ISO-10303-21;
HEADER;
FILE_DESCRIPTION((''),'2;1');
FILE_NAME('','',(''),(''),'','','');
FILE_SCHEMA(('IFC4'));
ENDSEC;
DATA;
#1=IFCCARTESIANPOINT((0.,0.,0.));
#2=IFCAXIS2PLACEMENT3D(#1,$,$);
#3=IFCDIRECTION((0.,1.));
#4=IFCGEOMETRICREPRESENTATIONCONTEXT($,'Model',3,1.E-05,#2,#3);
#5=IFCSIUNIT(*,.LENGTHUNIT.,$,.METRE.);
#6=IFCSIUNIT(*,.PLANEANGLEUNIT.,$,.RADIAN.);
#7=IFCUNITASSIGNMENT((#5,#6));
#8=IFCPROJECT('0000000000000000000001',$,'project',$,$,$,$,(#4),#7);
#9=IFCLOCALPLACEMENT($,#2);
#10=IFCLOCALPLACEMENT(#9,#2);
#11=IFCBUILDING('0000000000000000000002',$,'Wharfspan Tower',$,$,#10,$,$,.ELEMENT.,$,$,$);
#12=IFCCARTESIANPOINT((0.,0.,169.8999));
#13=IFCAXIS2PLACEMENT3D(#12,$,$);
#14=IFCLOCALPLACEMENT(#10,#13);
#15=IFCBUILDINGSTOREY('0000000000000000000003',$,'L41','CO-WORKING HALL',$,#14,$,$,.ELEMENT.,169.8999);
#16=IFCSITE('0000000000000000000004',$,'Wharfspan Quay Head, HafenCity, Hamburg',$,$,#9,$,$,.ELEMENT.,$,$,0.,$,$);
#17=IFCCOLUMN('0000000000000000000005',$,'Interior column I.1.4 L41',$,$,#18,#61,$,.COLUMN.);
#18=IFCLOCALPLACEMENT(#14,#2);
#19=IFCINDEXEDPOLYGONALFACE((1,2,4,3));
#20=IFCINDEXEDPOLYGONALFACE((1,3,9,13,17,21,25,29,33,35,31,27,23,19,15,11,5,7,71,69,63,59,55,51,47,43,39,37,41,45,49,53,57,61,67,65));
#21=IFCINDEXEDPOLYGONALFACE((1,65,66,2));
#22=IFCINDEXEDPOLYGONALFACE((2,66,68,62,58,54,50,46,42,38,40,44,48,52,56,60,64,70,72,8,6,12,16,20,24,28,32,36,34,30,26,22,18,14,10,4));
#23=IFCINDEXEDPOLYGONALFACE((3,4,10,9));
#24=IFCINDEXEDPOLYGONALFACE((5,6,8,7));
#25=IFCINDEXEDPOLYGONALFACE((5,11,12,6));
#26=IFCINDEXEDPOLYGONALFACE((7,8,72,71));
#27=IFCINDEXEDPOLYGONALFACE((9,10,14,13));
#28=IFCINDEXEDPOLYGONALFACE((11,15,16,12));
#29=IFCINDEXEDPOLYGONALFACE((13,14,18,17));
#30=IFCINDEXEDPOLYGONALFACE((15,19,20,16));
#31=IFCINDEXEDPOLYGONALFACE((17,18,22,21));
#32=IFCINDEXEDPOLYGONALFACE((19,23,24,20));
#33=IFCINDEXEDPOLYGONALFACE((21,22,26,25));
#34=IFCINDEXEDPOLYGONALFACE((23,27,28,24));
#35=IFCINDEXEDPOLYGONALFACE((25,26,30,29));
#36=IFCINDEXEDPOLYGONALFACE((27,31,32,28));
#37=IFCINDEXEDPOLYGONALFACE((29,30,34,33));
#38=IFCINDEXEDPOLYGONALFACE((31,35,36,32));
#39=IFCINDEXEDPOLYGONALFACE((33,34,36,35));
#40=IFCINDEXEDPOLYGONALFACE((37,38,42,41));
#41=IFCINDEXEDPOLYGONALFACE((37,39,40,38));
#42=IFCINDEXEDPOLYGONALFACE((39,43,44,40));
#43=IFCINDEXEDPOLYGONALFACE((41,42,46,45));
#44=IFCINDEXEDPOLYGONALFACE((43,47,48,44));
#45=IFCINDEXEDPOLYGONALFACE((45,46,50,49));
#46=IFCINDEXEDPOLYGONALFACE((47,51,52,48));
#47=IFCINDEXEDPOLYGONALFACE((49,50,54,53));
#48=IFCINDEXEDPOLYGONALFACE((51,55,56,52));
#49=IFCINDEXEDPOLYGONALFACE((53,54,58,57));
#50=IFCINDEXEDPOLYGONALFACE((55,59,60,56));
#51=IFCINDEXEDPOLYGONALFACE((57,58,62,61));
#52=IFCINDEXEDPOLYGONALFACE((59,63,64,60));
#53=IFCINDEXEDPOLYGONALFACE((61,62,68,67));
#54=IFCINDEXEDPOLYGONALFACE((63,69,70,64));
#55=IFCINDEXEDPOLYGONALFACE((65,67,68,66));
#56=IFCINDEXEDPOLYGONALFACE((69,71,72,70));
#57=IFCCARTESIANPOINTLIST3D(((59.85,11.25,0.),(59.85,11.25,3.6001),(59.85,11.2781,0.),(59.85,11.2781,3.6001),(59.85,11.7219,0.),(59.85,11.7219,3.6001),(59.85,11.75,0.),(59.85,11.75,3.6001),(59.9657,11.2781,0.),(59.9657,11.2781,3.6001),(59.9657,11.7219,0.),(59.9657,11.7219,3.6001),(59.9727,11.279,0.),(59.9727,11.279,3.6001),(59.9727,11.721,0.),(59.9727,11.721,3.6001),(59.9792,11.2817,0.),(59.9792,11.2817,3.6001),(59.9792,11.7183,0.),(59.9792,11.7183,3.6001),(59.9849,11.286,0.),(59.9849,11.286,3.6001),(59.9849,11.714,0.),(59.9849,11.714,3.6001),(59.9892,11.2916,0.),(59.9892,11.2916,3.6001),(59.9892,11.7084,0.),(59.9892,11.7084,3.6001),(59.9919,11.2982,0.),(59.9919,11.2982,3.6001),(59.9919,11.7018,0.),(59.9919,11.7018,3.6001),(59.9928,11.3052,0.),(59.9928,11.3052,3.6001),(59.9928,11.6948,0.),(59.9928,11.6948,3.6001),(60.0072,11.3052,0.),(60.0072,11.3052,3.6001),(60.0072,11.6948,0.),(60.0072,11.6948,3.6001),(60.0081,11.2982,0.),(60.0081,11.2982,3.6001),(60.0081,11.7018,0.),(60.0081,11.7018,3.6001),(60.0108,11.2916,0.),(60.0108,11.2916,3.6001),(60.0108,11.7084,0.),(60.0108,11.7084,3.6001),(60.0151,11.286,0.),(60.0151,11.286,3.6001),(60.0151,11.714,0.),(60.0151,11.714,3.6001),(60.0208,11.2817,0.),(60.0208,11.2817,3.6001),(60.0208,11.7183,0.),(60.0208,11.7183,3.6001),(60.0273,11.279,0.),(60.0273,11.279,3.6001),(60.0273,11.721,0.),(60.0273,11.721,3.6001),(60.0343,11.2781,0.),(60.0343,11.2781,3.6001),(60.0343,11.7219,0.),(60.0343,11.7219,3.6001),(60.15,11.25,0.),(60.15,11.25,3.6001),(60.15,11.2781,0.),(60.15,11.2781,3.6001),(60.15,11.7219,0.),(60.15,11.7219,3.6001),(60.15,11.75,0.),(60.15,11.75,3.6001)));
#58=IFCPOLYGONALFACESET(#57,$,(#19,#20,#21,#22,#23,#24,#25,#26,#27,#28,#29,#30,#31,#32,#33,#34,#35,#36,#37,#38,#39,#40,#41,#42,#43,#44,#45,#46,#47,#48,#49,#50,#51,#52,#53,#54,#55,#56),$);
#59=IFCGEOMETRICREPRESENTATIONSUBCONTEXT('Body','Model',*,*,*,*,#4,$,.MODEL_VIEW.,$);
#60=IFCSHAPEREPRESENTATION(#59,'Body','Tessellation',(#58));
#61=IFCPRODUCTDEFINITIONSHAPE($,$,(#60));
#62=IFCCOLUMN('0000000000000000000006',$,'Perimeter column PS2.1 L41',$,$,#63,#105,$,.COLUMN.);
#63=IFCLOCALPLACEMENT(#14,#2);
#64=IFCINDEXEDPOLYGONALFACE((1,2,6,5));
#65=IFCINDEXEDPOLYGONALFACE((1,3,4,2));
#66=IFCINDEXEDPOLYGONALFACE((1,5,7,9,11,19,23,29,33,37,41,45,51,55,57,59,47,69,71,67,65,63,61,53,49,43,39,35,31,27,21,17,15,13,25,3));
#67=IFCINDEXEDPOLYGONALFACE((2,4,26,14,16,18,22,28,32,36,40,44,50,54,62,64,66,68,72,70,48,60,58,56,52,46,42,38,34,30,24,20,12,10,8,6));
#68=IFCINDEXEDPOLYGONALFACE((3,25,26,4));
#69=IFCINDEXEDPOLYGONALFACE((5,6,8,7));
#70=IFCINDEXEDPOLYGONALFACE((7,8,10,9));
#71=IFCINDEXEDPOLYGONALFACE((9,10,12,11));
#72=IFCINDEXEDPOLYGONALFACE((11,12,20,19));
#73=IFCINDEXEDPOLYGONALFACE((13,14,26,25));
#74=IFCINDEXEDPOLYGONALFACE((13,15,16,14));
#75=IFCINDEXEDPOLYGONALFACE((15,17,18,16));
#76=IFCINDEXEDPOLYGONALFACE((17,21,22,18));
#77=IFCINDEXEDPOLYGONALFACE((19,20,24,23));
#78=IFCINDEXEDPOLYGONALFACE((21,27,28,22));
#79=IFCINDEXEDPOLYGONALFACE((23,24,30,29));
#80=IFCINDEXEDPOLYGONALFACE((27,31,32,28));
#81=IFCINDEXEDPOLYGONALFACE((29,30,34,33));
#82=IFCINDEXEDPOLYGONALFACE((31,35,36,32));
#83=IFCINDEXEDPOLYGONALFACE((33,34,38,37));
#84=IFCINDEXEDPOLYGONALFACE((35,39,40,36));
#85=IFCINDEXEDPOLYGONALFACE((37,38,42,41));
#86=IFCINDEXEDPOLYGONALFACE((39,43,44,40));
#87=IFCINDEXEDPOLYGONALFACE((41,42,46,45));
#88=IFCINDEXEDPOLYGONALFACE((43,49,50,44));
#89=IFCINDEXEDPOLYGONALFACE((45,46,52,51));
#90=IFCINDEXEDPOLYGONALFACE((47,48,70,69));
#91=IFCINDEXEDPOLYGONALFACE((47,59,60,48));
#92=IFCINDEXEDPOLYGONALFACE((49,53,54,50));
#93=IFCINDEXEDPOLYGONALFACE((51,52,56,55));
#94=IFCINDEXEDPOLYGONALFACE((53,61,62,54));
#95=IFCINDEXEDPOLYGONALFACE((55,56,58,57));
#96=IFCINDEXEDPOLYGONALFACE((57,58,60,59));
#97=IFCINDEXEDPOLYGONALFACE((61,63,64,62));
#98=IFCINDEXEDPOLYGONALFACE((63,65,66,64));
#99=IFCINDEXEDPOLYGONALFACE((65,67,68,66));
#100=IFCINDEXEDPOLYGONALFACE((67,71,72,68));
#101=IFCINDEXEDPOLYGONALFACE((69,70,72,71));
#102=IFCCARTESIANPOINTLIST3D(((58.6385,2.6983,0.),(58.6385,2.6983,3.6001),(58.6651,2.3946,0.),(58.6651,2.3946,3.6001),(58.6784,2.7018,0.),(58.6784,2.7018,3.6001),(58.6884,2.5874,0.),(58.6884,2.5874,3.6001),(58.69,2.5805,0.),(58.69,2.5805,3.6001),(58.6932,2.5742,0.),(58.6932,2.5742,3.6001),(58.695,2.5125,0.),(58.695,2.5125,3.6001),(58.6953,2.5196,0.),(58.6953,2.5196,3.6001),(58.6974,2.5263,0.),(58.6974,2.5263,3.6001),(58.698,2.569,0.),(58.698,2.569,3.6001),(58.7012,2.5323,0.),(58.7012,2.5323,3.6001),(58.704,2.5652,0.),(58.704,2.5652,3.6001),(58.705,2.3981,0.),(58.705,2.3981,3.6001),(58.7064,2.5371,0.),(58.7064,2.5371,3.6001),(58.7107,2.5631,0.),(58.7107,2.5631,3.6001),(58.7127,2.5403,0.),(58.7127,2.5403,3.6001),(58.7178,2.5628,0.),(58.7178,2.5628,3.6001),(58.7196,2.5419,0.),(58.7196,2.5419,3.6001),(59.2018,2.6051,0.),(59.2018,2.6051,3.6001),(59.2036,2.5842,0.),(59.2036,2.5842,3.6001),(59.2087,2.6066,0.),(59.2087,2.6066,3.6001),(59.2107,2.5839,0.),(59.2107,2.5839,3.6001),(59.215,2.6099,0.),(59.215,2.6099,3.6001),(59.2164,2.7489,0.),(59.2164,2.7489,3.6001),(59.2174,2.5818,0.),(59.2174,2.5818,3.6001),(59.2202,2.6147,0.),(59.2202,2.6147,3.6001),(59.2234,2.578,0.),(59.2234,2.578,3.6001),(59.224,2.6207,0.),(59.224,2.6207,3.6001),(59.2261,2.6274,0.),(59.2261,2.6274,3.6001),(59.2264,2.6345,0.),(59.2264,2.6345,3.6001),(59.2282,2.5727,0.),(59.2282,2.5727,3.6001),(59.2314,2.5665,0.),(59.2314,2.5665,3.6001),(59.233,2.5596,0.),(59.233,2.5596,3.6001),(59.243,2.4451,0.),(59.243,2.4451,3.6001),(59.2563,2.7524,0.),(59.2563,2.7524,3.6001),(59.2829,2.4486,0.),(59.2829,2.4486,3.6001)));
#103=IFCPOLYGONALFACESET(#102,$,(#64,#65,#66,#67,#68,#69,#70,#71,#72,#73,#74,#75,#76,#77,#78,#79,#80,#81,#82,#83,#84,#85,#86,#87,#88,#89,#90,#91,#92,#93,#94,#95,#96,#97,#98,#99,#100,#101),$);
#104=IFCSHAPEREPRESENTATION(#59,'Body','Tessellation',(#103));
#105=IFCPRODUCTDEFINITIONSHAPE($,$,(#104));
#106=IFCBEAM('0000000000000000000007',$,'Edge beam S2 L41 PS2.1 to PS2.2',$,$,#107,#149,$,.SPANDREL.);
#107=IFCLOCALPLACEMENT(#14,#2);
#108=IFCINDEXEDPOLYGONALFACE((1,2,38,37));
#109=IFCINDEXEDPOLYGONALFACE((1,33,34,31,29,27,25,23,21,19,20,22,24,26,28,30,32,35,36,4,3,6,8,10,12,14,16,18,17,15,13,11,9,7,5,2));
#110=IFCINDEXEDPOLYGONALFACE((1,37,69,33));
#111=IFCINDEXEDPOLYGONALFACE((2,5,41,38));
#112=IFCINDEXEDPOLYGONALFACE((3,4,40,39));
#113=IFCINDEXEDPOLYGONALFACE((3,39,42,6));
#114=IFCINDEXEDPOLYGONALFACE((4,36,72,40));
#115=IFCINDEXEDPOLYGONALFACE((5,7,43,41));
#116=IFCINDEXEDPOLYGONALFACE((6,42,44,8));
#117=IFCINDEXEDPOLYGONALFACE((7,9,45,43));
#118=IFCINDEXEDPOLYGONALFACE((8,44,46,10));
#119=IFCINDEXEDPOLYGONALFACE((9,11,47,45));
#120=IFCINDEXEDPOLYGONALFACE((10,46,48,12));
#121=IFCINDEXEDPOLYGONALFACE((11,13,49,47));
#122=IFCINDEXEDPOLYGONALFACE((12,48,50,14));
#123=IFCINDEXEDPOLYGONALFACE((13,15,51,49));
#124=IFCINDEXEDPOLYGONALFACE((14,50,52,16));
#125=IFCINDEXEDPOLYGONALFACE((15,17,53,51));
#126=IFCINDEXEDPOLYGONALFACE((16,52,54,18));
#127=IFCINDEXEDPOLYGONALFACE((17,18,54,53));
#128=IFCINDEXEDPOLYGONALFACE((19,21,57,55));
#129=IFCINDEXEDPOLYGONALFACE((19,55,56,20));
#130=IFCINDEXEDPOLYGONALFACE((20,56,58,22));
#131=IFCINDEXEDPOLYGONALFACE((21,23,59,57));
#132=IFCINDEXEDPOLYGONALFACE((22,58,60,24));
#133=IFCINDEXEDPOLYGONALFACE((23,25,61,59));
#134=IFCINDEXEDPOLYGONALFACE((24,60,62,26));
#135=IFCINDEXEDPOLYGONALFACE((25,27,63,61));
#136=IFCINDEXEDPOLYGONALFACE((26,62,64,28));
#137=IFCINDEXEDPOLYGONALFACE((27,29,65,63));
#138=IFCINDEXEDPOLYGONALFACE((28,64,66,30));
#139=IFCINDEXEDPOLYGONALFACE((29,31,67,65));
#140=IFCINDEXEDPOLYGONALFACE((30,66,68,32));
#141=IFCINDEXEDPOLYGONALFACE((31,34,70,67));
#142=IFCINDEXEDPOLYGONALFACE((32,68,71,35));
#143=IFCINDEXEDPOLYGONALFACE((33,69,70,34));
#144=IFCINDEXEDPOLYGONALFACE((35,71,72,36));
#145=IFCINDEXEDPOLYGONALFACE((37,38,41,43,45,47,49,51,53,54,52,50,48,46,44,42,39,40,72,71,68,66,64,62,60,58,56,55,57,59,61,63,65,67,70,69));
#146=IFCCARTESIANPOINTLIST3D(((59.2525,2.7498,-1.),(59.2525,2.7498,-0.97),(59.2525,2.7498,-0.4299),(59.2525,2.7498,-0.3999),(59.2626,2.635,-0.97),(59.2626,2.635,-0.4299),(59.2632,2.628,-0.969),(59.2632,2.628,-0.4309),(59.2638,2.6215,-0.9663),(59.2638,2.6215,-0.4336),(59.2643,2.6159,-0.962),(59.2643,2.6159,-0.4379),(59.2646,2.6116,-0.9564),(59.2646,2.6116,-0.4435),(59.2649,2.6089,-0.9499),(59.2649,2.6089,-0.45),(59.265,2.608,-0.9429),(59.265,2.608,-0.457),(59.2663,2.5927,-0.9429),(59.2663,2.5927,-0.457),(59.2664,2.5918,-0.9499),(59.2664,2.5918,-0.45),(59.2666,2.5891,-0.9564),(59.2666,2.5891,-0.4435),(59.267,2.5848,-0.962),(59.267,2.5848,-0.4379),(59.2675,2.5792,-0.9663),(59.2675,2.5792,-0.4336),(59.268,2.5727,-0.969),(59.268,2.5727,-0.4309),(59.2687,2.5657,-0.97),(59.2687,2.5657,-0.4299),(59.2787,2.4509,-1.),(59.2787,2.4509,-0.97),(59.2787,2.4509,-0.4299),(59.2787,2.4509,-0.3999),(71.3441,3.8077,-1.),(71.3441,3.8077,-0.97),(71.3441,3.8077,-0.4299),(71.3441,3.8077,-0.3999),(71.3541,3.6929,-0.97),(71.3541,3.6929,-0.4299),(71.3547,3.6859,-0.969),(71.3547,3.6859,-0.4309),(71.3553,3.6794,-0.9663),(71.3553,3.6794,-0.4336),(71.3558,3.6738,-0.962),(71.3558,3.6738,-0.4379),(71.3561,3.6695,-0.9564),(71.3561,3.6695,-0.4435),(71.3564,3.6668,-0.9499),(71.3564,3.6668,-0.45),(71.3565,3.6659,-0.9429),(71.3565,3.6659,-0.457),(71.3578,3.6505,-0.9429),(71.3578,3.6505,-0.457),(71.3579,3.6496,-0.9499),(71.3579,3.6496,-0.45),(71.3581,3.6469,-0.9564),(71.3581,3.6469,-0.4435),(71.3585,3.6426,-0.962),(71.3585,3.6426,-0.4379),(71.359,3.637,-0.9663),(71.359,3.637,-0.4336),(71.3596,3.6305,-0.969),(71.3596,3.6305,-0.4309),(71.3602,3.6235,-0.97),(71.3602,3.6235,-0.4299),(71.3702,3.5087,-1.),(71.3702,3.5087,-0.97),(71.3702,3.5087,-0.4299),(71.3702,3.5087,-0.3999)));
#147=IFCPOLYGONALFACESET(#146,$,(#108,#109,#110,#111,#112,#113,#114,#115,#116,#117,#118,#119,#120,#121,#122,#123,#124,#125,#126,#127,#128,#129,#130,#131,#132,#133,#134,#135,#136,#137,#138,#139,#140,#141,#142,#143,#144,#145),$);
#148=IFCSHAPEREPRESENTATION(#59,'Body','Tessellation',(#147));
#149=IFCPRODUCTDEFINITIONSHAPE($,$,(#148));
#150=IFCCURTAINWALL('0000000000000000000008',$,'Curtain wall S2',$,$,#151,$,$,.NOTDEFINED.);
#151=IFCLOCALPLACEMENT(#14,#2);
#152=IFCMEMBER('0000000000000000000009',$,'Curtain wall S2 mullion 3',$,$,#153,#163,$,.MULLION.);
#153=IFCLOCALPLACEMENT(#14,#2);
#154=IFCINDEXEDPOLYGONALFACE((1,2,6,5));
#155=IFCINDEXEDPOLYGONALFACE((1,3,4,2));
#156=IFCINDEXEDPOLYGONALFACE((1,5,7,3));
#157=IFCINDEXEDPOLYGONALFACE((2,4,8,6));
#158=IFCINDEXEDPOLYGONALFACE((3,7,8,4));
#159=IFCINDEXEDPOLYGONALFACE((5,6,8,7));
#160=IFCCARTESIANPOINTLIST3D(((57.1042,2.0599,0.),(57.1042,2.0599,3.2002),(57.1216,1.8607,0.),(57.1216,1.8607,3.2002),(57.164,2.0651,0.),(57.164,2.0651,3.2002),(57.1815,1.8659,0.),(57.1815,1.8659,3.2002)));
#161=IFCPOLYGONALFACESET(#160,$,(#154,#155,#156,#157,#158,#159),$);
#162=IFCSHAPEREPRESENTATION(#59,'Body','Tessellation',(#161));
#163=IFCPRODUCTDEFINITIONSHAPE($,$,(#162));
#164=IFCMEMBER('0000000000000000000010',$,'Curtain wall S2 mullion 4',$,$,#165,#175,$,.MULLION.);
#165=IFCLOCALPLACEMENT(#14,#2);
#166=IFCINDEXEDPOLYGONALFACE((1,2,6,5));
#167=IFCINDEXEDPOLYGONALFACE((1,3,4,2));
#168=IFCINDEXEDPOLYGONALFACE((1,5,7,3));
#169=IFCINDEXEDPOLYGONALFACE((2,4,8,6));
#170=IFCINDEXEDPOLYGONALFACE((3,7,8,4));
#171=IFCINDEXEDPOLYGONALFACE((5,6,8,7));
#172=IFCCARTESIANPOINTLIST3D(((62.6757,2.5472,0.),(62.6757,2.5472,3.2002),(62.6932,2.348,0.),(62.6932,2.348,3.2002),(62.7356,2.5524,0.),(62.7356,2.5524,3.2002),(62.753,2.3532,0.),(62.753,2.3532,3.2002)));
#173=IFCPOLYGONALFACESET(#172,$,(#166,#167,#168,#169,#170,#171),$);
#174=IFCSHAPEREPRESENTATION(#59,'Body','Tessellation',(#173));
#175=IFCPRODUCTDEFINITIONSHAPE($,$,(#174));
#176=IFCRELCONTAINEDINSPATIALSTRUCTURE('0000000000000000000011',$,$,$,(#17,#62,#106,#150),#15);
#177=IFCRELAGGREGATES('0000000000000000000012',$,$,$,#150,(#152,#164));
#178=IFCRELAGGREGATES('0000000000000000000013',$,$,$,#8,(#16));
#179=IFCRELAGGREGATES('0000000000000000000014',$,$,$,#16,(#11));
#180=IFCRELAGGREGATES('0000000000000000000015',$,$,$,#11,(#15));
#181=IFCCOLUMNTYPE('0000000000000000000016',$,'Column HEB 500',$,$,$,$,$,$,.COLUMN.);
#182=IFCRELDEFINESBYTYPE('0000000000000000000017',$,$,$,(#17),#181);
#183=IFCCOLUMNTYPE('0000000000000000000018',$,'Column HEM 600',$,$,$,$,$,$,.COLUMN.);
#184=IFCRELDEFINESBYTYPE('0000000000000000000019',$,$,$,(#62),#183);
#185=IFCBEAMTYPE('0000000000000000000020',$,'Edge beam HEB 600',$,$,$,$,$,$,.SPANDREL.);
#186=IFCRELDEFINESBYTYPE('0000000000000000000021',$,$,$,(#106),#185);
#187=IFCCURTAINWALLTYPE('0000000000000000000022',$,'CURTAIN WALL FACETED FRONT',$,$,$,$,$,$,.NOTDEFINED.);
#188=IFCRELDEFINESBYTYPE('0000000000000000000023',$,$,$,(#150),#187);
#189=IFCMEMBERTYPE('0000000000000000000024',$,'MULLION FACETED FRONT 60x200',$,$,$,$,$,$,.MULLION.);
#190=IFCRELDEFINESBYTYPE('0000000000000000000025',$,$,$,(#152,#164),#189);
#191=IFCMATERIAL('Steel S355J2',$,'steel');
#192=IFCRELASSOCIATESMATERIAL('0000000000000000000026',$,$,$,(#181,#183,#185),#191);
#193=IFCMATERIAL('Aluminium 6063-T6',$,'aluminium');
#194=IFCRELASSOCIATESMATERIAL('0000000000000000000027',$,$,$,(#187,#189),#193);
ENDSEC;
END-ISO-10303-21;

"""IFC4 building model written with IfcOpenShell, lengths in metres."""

from ifc_helpers import new_model, si_unit, direction, frame, origin, origin_2d, place, context, subcontext, project, spatial, rectangle, i_section, extrude, material, material_profile, profile_set, type_object, element, aggregate, save


model = new_model("IFC4")

# Units and contexts
model_context = context("Model", 3, precision=1e-05, world=origin(), true_north=direction((0.0, 1.0)))
body_context = subcontext(model_context, "Body", "Model", "MODEL_VIEW")
ifc_project = project(units=[si_unit("LENGTHUNIT", "METRE"), si_unit("PLANEANGLEUNIT", "RADIAN")], contexts=[model_context])

# Site, building, storey
site_placement = place(None, origin())
site = spatial("IfcSite", under=ifc_project, at=site_placement, Name="Wharfspan Quay Head, HafenCity, Hamburg", CompositionType="ELEMENT", RefElevation=0.0)
building_placement = place(site_placement, origin())
building = spatial("IfcBuilding", under=site, at=building_placement, Name="Wharfspan Tower", CompositionType="ELEMENT")
storey_placement = place(building_placement, frame((0.0, 0.0, 169.8999)))
storey = spatial("IfcBuildingStorey", under=building, at=storey_placement, Name="L41", Description="CO-WORKING HALL", CompositionType="ELEMENT", Elevation=169.8999)

# Columns
ifc_material_1 = material(Name="Steel S355J2", Category="steel")
ifc_material_profile_1 = material_profile(ifc_material_1, i_section(OverallWidth=0.3, OverallDepth=0.5, WebThickness=0.0144, FlangeThickness=0.0281, FilletRadius=0.0271, at=origin_2d()))
ifc_profile_set_1 = profile_set([ifc_material_profile_1], Name="Steel S355J2")
column_type_1 = type_object("IfcColumnType", Name="Column HEB 500", PredefinedType="COLUMN", material=ifc_profile_set_1)
column_1_placement = place(storey_placement, frame((60.0, 11.5, 0.0), z_axis=(0.0, 0.0, 1.0), x_axis=(1.0, 0.0, 0.0)))
element("IfcColumn", 1, at=column_1_placement, inside=storey, type_object=column_type_1, Name="Interior column I.1.4 L41", PredefinedType="COLUMN", context=body_context, shape_type="SweptSolid", body=[
    extrude(i_section(OverallWidth=0.3, OverallDepth=0.5, WebThickness=0.0144, FlangeThickness=0.0281, FilletRadius=0.0271, at=origin_2d()), origin(), (0.0, 0.0, 1.0), 3.6001),
])
ifc_material_profile_2 = material_profile(ifc_material_1, i_section(OverallWidth=0.3049, OverallDepth=0.6201, WebThickness=0.021, FlangeThickness=0.04, FilletRadius=0.0271, at=origin_2d()))
ifc_profile_set_2 = profile_set([ifc_material_profile_2], Name="Steel S355J2")
column_type_2 = type_object("IfcColumnType", Name="Column HEM 600", PredefinedType="COLUMN", material=ifc_profile_set_2)
column_2_placement = place(storey_placement, frame((58.9607, 2.5735, 0.0), z_axis=(0.0, 0.0, 1.0), x_axis=(0.087156, -0.996198, 0.0)))
element("IfcColumn", 2, at=column_2_placement, inside=storey, type_object=column_type_2, Name="Perimeter column PS2.1 L41", PredefinedType="COLUMN", context=body_context, shape_type="SweptSolid", body=[
    extrude(i_section(OverallWidth=0.3049, OverallDepth=0.6201, WebThickness=0.021, FlangeThickness=0.04, FilletRadius=0.0271, at=origin_2d()), origin(), (0.0, 0.0, 1.0), 3.6001),
])

# Beam
ifc_material_profile_3 = material_profile(ifc_material_1, i_section(OverallWidth=0.3, OverallDepth=0.6001, WebThickness=0.0154, FlangeThickness=0.03, FilletRadius=0.0271, at=origin_2d()))
ifc_profile_set_3 = profile_set([ifc_material_profile_3], Name="Steel S355J2")
beam_type = type_object("IfcBeamType", Name="Edge beam HEB 600", PredefinedType="SPANDREL", material=ifc_profile_set_3)
beam_placement = place(storey_placement, frame((59.2656, 2.6003, -0.7), z_axis=(0.996195, 0.087155, 0.0), x_axis=(-0.087155, 0.996195, 0.0)))
element("IfcBeam", 3, at=beam_placement, inside=storey, type_object=beam_type, Name="Edge beam S2 L41 PS2.1 to PS2.2", PredefinedType="SPANDREL", context=body_context, shape_type="SweptSolid", body=[
    extrude(i_section(OverallWidth=0.3, OverallDepth=0.6001, WebThickness=0.0154, FlangeThickness=0.03, FilletRadius=0.0271, at=origin_2d()), origin(), (0.0, 0.0, 1.0), 12.1377),
])

# Curtain wall, members
ifc_material_2 = material(Name="Aluminium 6063-T6", Category="aluminium")
curtain_wall_type = type_object("IfcCurtainWallType", Name="CURTAIN WALL FACETED FRONT", PredefinedType="NOTDEFINED", material=ifc_material_2)
curtain_wall_placement = place(storey_placement, origin())
curtain_wall = element("IfcCurtainWall", 4, at=curtain_wall_placement, inside=storey, type_object=curtain_wall_type, Name="Curtain wall S2", PredefinedType="NOTDEFINED")
ifc_material_profile_4 = material_profile(ifc_material_2, rectangle(XDim=0.2, YDim=0.0601, at=origin_2d()))
ifc_profile_set_4 = profile_set([ifc_material_profile_4], Name="Aluminium 6063-T6")
member_type_1 = type_object("IfcMemberType", Name="MULLION FACETED FRONT 60x200", PredefinedType="MULLION", material=ifc_profile_set_4)
member_1_placement = place(storey_placement, frame((57.1428, 1.9629, 0.0), z_axis=(0.0, 0.0, 1.0), x_axis=(-0.087156, 0.996198, 0.0)))
member_1 = element("IfcMember", 5, at=member_1_placement, type_object=member_type_1, Name="Curtain wall S2 mullion 3", PredefinedType="MULLION", context=body_context, shape_type="SweptSolid", body=[
    extrude(rectangle(XDim=0.2, YDim=0.0601, at=origin_2d()), origin(), (0.0, 0.0, 1.0), 3.2002),
])
member_2_placement = place(storey_placement, frame((62.7144, 2.4502, 0.0), z_axis=(0.0, 0.0, 1.0), x_axis=(-0.087156, 0.996198, 0.0)))
member_2 = element("IfcMember", 6, at=member_2_placement, type_object=member_type_1, Name="Curtain wall S2 mullion 4", PredefinedType="MULLION", context=body_context, shape_type="SweptSolid", body=[
    extrude(rectangle(XDim=0.2, YDim=0.0601, at=origin_2d()), origin(), (0.0, 0.0, 1.0), 3.2002),
])

aggregate(curtain_wall, [member_1, member_2])

save(model, "model.ifc")
